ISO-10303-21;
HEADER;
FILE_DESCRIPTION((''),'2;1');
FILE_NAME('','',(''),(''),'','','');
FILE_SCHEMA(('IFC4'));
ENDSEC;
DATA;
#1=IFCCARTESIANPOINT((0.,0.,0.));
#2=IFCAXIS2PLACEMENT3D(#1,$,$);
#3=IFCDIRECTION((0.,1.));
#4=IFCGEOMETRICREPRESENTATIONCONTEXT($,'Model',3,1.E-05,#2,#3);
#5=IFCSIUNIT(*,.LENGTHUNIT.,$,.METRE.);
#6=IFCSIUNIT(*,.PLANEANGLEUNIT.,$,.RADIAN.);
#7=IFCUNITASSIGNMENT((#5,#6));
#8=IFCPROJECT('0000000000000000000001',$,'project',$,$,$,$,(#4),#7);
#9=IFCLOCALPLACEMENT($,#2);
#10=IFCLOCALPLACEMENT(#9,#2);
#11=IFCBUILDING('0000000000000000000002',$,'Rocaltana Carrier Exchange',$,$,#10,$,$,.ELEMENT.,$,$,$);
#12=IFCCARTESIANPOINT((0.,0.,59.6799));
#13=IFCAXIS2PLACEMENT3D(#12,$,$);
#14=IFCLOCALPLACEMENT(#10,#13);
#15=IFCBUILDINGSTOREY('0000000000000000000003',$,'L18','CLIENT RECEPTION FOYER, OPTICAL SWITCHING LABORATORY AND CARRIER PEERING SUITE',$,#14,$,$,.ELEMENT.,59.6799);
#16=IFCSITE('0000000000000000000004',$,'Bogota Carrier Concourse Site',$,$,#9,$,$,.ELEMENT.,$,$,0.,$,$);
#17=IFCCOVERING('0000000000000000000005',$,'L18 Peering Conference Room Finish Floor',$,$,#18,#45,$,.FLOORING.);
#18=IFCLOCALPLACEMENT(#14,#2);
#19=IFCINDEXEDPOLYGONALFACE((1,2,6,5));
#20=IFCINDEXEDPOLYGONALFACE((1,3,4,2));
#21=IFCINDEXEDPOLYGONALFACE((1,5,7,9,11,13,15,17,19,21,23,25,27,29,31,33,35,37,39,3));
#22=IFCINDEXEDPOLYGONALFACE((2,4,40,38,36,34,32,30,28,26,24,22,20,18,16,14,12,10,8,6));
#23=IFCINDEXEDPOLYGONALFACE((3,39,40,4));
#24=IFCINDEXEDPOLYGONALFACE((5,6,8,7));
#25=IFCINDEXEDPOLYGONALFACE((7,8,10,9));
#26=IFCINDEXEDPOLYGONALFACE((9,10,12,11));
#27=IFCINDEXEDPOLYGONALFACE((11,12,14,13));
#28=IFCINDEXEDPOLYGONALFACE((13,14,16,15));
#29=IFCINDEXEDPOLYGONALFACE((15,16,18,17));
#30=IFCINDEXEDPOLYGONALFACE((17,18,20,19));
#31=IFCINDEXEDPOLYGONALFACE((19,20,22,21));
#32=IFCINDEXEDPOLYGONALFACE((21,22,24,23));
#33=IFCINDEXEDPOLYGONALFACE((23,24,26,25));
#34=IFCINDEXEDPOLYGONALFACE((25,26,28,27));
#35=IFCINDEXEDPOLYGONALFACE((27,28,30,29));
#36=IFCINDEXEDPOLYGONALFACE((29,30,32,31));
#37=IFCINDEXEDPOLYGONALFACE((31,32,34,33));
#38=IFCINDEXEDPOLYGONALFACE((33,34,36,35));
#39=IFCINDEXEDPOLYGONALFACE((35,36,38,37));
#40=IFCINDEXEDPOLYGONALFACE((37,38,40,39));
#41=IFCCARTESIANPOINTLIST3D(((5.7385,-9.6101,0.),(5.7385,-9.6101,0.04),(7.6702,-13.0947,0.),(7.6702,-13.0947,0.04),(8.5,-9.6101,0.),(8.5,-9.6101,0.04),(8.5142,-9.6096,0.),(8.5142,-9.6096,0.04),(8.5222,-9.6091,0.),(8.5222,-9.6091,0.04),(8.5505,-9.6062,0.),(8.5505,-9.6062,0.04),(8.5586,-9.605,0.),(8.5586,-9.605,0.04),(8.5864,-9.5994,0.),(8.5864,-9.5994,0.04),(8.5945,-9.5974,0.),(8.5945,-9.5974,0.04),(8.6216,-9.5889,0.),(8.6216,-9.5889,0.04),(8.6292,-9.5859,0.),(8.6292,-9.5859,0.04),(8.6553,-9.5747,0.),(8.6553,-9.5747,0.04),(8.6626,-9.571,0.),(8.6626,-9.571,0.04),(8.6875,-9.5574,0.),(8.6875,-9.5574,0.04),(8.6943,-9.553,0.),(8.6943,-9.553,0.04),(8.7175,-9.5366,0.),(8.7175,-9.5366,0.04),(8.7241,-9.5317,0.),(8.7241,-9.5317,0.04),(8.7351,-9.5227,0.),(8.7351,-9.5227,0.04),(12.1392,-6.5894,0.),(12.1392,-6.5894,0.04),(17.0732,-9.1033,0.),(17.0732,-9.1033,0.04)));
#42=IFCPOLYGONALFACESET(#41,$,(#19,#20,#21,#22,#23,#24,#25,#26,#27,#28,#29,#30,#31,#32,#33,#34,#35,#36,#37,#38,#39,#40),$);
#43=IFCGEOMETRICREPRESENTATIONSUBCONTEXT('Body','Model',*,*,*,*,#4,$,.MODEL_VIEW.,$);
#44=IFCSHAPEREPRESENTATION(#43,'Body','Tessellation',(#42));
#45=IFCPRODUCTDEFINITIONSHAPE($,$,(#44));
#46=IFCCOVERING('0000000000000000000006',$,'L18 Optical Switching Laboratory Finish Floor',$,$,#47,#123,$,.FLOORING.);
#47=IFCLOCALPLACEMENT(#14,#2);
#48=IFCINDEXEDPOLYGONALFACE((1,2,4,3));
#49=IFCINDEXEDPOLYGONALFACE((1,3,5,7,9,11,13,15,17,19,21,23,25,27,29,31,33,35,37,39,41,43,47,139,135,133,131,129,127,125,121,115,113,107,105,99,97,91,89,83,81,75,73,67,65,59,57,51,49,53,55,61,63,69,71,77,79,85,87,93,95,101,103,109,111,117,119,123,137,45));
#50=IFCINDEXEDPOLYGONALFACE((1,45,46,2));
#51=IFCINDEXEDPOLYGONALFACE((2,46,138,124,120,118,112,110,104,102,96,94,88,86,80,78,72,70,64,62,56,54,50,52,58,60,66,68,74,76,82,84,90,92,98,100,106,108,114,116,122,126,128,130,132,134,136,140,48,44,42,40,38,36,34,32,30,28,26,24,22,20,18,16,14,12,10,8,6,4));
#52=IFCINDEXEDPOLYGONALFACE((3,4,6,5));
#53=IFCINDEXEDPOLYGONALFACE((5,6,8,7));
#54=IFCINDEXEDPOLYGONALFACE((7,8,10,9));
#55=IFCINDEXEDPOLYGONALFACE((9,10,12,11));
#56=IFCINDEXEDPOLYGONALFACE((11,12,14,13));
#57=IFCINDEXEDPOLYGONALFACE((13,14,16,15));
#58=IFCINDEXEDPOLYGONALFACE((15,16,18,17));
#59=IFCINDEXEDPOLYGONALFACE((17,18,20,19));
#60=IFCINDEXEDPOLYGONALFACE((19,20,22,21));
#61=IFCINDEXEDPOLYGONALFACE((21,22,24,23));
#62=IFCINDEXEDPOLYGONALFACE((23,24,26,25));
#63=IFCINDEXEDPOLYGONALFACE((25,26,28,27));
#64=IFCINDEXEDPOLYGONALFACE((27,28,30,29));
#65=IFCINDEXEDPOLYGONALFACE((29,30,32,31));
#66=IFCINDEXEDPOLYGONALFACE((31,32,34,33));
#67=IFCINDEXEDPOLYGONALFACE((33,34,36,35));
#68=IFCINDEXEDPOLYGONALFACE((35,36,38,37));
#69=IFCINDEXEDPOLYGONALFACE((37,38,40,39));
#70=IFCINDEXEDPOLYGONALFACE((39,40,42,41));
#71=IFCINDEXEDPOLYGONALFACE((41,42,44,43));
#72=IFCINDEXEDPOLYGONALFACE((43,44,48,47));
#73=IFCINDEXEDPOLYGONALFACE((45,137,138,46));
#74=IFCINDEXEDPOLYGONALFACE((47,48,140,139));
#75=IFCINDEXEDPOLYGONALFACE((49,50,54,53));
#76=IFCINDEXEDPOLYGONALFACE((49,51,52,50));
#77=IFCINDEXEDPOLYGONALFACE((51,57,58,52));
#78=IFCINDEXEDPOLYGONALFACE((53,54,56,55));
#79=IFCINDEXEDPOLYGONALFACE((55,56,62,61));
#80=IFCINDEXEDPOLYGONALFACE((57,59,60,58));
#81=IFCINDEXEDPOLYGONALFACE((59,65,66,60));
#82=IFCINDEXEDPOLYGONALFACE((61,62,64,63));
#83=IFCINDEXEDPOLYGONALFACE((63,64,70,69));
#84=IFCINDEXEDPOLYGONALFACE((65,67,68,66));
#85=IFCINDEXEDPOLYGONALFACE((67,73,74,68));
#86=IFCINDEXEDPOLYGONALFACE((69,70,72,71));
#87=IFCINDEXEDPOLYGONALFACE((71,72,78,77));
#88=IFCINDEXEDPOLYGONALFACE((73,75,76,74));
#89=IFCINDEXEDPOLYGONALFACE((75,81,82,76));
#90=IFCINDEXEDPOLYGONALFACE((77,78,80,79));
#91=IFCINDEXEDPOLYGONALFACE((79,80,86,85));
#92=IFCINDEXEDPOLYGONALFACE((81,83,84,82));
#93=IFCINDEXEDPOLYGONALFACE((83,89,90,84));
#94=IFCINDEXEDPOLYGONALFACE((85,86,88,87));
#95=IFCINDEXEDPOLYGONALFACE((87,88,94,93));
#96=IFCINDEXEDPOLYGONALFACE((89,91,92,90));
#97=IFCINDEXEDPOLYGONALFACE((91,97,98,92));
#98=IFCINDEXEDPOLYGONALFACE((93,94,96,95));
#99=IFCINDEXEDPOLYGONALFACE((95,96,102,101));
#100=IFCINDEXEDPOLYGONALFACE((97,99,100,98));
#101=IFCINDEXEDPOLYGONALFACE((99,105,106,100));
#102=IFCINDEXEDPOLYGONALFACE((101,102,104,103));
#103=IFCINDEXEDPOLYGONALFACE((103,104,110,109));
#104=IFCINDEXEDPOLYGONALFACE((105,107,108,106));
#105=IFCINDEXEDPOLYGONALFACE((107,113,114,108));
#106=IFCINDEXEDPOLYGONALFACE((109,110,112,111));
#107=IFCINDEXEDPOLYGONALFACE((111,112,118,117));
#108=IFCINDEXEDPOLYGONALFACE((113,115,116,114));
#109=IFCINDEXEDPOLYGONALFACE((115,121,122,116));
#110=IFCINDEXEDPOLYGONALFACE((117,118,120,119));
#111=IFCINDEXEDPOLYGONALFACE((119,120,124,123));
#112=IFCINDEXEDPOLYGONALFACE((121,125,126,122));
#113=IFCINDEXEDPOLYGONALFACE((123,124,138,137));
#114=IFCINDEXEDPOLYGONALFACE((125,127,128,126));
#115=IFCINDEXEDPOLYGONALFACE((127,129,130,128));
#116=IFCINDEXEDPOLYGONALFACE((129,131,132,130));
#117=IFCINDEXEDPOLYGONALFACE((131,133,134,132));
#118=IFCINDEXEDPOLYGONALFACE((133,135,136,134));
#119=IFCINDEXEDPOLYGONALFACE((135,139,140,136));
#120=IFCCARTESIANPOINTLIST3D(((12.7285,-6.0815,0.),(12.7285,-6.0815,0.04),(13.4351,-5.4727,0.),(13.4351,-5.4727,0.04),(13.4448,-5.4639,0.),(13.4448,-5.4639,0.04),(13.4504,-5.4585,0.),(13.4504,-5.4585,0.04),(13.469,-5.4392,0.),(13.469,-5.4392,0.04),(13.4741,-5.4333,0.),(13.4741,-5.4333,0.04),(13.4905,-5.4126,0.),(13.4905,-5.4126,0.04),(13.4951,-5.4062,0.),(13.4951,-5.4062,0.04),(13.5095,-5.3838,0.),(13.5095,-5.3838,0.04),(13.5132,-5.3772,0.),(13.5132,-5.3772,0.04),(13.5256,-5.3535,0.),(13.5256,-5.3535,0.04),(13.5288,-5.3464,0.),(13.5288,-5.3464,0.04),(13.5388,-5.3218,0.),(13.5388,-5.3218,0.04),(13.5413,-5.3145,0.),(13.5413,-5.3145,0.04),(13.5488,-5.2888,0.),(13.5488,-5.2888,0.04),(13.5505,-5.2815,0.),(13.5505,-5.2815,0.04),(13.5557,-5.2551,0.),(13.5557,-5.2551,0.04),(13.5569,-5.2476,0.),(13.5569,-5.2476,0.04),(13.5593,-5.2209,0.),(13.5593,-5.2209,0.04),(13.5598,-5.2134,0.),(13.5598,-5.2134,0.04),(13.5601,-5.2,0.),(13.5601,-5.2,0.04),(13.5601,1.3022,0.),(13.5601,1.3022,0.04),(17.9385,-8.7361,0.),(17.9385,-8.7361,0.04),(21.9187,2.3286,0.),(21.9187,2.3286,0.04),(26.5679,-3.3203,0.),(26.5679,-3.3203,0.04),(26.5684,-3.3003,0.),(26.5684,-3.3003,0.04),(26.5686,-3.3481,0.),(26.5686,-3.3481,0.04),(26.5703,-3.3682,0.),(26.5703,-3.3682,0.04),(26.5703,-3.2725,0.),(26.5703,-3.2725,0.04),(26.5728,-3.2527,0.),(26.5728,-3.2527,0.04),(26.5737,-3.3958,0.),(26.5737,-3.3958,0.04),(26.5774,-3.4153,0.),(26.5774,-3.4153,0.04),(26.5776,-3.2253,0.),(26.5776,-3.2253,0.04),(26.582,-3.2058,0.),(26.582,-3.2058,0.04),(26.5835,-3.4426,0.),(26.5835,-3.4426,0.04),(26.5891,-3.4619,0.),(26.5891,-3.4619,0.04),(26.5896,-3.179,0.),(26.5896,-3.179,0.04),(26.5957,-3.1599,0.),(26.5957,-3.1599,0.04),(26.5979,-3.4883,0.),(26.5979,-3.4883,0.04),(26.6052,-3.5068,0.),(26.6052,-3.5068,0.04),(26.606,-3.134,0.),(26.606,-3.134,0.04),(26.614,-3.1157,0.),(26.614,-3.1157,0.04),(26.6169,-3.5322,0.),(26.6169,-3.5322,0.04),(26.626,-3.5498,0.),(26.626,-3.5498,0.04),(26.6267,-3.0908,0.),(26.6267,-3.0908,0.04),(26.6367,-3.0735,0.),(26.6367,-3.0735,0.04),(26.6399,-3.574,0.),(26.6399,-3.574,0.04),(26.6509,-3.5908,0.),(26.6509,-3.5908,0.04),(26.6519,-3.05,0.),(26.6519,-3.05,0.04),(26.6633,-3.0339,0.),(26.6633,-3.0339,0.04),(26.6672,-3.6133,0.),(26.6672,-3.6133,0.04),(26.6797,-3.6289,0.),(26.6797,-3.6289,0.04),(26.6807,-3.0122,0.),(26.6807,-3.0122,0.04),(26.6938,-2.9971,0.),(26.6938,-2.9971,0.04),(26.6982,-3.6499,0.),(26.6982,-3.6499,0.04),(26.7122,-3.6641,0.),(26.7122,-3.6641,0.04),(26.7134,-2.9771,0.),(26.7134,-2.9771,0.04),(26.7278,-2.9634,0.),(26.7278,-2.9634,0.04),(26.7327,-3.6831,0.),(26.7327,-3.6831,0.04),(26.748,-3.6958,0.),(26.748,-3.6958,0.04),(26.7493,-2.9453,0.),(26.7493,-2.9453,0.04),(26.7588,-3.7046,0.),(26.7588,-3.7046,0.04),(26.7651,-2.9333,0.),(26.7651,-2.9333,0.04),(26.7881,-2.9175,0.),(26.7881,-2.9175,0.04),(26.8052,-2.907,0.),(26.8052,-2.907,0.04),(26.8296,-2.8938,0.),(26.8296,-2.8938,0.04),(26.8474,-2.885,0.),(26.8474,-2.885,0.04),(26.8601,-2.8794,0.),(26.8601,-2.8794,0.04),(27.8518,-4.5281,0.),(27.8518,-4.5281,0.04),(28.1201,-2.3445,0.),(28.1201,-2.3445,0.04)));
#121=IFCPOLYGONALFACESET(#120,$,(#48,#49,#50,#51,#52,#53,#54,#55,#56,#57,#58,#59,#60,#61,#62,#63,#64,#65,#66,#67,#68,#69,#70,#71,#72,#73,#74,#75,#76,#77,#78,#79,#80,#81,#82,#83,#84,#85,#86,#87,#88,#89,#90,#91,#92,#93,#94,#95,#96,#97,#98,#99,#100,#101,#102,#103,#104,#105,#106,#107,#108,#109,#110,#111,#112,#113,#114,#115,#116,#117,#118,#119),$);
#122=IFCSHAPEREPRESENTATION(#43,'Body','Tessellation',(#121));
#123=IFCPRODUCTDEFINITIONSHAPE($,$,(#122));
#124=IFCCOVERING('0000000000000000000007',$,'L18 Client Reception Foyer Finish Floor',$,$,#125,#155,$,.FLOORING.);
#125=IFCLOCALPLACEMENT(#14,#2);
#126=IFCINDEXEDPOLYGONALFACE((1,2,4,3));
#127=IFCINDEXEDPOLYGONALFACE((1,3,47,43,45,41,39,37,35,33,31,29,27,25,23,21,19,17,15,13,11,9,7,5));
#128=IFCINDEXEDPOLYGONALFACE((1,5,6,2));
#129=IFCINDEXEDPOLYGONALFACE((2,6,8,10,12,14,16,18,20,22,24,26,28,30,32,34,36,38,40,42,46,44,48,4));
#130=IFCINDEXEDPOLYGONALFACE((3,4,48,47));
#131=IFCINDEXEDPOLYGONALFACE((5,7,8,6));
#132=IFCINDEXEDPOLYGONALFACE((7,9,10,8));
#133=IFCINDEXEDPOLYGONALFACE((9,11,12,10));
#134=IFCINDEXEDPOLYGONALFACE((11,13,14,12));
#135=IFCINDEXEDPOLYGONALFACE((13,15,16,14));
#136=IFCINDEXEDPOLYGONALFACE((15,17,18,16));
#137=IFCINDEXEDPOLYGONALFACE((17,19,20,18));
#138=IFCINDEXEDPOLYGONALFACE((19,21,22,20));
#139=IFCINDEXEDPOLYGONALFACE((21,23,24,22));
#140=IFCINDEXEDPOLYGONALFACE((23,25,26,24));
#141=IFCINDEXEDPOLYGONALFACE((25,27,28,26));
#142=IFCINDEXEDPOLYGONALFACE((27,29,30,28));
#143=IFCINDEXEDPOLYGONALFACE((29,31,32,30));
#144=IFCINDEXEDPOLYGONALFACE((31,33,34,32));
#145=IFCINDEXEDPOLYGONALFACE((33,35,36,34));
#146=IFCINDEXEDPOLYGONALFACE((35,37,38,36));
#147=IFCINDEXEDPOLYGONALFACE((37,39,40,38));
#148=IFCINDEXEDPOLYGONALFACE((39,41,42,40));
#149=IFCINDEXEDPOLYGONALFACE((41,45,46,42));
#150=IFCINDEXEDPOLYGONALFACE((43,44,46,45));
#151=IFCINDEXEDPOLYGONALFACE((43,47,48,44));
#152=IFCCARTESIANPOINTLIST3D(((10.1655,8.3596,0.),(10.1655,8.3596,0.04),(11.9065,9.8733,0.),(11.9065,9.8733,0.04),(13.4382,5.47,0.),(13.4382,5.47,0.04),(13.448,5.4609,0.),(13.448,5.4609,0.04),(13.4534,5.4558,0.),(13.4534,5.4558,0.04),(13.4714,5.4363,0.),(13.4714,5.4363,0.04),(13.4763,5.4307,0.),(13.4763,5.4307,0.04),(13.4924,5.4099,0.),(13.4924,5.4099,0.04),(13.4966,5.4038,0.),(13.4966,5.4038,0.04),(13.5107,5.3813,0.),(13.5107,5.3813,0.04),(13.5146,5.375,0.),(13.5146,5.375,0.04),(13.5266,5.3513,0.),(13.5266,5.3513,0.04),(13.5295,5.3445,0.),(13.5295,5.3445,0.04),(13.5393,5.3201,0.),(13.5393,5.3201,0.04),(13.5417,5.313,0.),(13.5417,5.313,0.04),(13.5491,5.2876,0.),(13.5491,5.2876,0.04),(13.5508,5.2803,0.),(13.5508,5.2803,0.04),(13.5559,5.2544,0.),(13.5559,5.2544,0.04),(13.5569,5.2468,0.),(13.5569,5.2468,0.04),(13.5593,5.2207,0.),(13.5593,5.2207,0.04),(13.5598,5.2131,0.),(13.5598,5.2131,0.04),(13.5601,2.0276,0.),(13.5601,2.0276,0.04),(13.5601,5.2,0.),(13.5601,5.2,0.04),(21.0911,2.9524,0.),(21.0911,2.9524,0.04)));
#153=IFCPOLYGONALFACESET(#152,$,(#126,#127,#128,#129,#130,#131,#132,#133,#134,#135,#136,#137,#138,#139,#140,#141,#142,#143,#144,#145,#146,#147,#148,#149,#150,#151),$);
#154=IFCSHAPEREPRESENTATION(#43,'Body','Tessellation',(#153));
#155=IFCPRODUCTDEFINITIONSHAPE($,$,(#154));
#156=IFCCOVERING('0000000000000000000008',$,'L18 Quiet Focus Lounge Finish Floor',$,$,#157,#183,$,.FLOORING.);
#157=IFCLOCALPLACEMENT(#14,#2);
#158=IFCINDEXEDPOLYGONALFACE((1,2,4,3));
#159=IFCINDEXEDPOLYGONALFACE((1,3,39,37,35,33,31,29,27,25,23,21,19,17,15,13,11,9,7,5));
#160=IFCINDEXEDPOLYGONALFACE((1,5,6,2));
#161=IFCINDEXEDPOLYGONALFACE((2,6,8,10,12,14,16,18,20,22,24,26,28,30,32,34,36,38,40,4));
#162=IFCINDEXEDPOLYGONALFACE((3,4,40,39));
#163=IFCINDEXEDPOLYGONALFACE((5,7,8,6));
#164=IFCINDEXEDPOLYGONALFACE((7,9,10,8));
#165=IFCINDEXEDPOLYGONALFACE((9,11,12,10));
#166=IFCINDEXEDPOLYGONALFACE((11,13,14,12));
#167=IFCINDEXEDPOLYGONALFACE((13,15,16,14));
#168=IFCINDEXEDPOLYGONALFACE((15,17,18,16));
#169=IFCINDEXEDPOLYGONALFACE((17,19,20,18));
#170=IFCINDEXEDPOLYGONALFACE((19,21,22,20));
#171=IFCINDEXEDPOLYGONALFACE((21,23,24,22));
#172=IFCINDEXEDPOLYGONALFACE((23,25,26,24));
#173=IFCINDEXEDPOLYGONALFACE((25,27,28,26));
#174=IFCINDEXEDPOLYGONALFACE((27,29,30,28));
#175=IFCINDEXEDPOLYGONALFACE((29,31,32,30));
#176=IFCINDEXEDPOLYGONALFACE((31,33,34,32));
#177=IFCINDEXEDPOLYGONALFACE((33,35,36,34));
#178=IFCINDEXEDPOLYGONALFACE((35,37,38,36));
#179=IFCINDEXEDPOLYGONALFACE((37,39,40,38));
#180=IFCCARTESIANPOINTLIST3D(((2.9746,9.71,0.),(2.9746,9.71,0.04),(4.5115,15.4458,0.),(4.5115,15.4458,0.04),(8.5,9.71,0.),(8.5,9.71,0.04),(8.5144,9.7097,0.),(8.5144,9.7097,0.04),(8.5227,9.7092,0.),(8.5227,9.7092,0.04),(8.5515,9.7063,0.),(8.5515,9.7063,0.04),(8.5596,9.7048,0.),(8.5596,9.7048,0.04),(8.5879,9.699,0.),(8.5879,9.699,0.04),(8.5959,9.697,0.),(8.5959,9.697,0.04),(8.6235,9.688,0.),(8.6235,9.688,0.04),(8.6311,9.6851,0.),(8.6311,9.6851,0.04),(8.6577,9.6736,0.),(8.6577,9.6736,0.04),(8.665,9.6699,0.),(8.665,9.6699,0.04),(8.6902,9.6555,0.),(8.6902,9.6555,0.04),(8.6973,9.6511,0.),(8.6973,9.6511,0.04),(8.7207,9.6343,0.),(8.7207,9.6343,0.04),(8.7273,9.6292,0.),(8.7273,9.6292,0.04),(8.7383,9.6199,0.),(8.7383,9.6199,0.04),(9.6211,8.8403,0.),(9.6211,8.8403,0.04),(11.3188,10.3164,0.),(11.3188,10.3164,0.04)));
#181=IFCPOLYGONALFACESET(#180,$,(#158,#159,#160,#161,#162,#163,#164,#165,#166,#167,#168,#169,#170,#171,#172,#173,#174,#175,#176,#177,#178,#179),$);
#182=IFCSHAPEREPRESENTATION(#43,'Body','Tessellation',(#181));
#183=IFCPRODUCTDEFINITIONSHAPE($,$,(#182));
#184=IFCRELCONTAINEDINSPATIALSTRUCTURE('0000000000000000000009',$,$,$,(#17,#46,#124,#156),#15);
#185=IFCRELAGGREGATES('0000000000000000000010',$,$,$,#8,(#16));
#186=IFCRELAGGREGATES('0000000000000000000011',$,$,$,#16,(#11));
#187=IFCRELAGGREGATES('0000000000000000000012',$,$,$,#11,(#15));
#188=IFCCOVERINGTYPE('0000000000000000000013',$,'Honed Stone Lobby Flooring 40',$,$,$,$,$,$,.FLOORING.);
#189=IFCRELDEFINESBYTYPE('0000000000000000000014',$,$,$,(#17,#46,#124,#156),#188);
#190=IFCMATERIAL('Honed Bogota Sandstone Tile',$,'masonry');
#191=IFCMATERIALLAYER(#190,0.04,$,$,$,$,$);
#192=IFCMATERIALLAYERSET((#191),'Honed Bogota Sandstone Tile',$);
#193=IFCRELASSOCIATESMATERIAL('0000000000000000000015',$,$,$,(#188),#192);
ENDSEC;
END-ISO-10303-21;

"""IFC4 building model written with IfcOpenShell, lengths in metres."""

from ifc_helpers import new_model, si_unit, direction, frame, origin, place, context, subcontext, project, spatial, polyline, outline, extrude, material, layer, layer_set, type_object, element, save


model = new_model("IFC4")

# Units and contexts
model_context = context("Model", 3, precision=1e-05, world=origin(), true_north=direction((0.0, 1.0)))
body_context = subcontext(model_context, "Body", "Model", "MODEL_VIEW")
ifc_project = project(units=[si_unit("LENGTHUNIT", "METRE"), si_unit("PLANEANGLEUNIT", "RADIAN")], contexts=[model_context])

# Site, building, storey
site_placement = place(None, origin())
site = spatial("IfcSite", under=ifc_project, at=site_placement, Name="Bogota Carrier Concourse Site", CompositionType="ELEMENT", RefElevation=0.0)
building_placement = place(site_placement, origin())
building = spatial("IfcBuilding", under=site, at=building_placement, Name="Rocaltana Carrier Exchange", CompositionType="ELEMENT")
storey_placement = place(building_placement, frame((0.0, 0.0, 59.6799)))
storey = spatial("IfcBuildingStorey", under=building, at=storey_placement, Name="L18", Description="CLIENT RECEPTION FOYER, OPTICAL SWITCHING LABORATORY AND CARRIER PEERING SUITE", CompositionType="ELEMENT", Elevation=59.6799)

# Coverings
ifc_material_1 = material(Name="Honed Bogota Sandstone Tile", Category="masonry")
ifc_layer_1 = layer(ifc_material_1, 0.04)
ifc_layer_set_1 = layer_set([ifc_layer_1], Name="Honed Bogota Sandstone Tile")
covering_type_1 = type_object("IfcCoveringType", Name="Honed Stone Lobby Flooring 40", PredefinedType="FLOORING", material=ifc_layer_set_1)
covering_1_placement = place(storey_placement, origin())
element("IfcCovering", 1, at=covering_1_placement, inside=storey, type_object=covering_type_1, Name="L18 Peering Conference Room Finish Floor", PredefinedType="FLOORING", context=body_context, shape_type="SweptSolid", body=[
    extrude(outline(polyline([(7.6702, -13.0947), (5.7385, -9.6101), (8.5, -9.6101), (8.5142, -9.6096), (8.5222, -9.6091), (8.5505, -9.6062), (8.5586, -9.605), (8.5864, -9.5994), (8.5945, -9.5974), (8.6216, -9.5889), (8.6292, -9.5859), (8.6553, -9.5747), (8.6626, -9.571), (8.6875, -9.5574), (8.6943, -9.553), (8.7175, -9.5366), (8.7241, -9.5317), (8.7351, -9.5227), (12.1392, -6.5894), (17.0732, -9.1033), (7.6702, -13.0947)])), origin(), (0.0, 0.0, 1.0), 0.04),
])
covering_2_placement = place(storey_placement, origin())
element("IfcCovering", 2, at=covering_2_placement, inside=storey, type_object=covering_type_1, Name="L18 Optical Switching Laboratory Finish Floor", PredefinedType="FLOORING", context=body_context, shape_type="SweptSolid", body=[
    extrude(outline(polyline([(28.1201, -2.3445), (26.8601, -2.8794), (26.8474, -2.885), (26.8296, -2.8938), (26.8052, -2.907), (26.7881, -2.9175), (26.7651, -2.9333), (26.7493, -2.9453), (26.7278, -2.9634), (26.7134, -2.9771), (26.6938, -2.9971), (26.6807, -3.0122), (26.6633, -3.0339), (26.6519, -3.05), (26.6367, -3.0735), (26.6267, -3.0908), (26.614, -3.1157), (26.606, -3.134), (26.5957, -3.1599), (26.5896, -3.179), (26.582, -3.2058), (26.5776, -3.2253), (26.5728, -3.2527), (26.5703, -3.2725), (26.5684, -3.3003), (26.5679, -3.3203), (26.5686, -3.3481), (26.5703, -3.3682), (26.5737, -3.3958), (26.5774, -3.4153), (26.5835, -3.4426), (26.5891, -3.4619), (26.5979, -3.4883), (26.6052, -3.5068), (26.6169, -3.5322), (26.626, -3.5498), (26.6399, -3.574), (26.6509, -3.5908), (26.6672, -3.6133), (26.6797, -3.6289), (26.6982, -3.6499), (26.7122, -3.6641), (26.7327, -3.6831), (26.748, -3.6958), (26.7588, -3.7046), (27.8518, -4.5281), (17.9385, -8.7361), (12.7285, -6.0815), (13.4351, -5.4727), (13.4448, -5.4639), (13.4504, -5.4585), (13.469, -5.4392), (13.4741, -5.4333), (13.4905, -5.4126), (13.4951, -5.4062), (13.5095, -5.3838), (13.5132, -5.3772), (13.5256, -5.3535), (13.5288, -5.3464), (13.5388, -5.3218), (13.5413, -5.3145), (13.5488, -5.2888), (13.5505, -5.2815), (13.5557, -5.2551), (13.5569, -5.2476), (13.5593, -5.2209), (13.5598, -5.2134), (13.5601, -5.2), (13.5601, 1.3022), (21.9187, 2.3286), (28.1201, -2.3445)])), origin(), (0.0, 0.0, 1.0), 0.04),
])
covering_3_placement = place(storey_placement, origin())
element("IfcCovering", 3, at=covering_3_placement, inside=storey, type_object=covering_type_1, Name="L18 Client Reception Foyer Finish Floor", PredefinedType="FLOORING", context=body_context, shape_type="SweptSolid", body=[
    extrude(outline(polyline([(21.0911, 2.9524), (13.5601, 2.0276), (13.5601, 5.2), (13.5598, 5.2131), (13.5593, 5.2207), (13.5569, 5.2468), (13.5559, 5.2544), (13.5508, 5.2803), (13.5491, 5.2876), (13.5417, 5.313), (13.5393, 5.3201), (13.5295, 5.3445), (13.5266, 5.3513), (13.5146, 5.375), (13.5107, 5.3813), (13.4966, 5.4038), (13.4924, 5.4099), (13.4763, 5.4307), (13.4714, 5.4363), (13.4534, 5.4558), (13.448, 5.4609), (13.4382, 5.47), (10.1655, 8.3596), (11.9065, 9.8733), (21.0911, 2.9524)])), origin(), (0.0, 0.0, 1.0), 0.04),
])
covering_4_placement = place(storey_placement, origin())
element("IfcCovering", 4, at=covering_4_placement, inside=storey, type_object=covering_type_1, Name="L18 Quiet Focus Lounge Finish Floor", PredefinedType="FLOORING", context=body_context, shape_type="SweptSolid", body=[
    extrude(outline(polyline([(11.3188, 10.3164), (9.6211, 8.8403), (8.7383, 9.6199), (8.7273, 9.6292), (8.7207, 9.6343), (8.6973, 9.6511), (8.6902, 9.6555), (8.665, 9.6699), (8.6577, 9.6736), (8.6311, 9.6851), (8.6235, 9.688), (8.5959, 9.697), (8.5879, 9.699), (8.5596, 9.7048), (8.5515, 9.7063), (8.5227, 9.7092), (8.5144, 9.7097), (8.5, 9.71), (2.9746, 9.71), (4.5115, 15.4458), (11.3188, 10.3164)])), origin(), (0.0, 0.0, 1.0), 0.04),
])

save(model, "model.ifc")
